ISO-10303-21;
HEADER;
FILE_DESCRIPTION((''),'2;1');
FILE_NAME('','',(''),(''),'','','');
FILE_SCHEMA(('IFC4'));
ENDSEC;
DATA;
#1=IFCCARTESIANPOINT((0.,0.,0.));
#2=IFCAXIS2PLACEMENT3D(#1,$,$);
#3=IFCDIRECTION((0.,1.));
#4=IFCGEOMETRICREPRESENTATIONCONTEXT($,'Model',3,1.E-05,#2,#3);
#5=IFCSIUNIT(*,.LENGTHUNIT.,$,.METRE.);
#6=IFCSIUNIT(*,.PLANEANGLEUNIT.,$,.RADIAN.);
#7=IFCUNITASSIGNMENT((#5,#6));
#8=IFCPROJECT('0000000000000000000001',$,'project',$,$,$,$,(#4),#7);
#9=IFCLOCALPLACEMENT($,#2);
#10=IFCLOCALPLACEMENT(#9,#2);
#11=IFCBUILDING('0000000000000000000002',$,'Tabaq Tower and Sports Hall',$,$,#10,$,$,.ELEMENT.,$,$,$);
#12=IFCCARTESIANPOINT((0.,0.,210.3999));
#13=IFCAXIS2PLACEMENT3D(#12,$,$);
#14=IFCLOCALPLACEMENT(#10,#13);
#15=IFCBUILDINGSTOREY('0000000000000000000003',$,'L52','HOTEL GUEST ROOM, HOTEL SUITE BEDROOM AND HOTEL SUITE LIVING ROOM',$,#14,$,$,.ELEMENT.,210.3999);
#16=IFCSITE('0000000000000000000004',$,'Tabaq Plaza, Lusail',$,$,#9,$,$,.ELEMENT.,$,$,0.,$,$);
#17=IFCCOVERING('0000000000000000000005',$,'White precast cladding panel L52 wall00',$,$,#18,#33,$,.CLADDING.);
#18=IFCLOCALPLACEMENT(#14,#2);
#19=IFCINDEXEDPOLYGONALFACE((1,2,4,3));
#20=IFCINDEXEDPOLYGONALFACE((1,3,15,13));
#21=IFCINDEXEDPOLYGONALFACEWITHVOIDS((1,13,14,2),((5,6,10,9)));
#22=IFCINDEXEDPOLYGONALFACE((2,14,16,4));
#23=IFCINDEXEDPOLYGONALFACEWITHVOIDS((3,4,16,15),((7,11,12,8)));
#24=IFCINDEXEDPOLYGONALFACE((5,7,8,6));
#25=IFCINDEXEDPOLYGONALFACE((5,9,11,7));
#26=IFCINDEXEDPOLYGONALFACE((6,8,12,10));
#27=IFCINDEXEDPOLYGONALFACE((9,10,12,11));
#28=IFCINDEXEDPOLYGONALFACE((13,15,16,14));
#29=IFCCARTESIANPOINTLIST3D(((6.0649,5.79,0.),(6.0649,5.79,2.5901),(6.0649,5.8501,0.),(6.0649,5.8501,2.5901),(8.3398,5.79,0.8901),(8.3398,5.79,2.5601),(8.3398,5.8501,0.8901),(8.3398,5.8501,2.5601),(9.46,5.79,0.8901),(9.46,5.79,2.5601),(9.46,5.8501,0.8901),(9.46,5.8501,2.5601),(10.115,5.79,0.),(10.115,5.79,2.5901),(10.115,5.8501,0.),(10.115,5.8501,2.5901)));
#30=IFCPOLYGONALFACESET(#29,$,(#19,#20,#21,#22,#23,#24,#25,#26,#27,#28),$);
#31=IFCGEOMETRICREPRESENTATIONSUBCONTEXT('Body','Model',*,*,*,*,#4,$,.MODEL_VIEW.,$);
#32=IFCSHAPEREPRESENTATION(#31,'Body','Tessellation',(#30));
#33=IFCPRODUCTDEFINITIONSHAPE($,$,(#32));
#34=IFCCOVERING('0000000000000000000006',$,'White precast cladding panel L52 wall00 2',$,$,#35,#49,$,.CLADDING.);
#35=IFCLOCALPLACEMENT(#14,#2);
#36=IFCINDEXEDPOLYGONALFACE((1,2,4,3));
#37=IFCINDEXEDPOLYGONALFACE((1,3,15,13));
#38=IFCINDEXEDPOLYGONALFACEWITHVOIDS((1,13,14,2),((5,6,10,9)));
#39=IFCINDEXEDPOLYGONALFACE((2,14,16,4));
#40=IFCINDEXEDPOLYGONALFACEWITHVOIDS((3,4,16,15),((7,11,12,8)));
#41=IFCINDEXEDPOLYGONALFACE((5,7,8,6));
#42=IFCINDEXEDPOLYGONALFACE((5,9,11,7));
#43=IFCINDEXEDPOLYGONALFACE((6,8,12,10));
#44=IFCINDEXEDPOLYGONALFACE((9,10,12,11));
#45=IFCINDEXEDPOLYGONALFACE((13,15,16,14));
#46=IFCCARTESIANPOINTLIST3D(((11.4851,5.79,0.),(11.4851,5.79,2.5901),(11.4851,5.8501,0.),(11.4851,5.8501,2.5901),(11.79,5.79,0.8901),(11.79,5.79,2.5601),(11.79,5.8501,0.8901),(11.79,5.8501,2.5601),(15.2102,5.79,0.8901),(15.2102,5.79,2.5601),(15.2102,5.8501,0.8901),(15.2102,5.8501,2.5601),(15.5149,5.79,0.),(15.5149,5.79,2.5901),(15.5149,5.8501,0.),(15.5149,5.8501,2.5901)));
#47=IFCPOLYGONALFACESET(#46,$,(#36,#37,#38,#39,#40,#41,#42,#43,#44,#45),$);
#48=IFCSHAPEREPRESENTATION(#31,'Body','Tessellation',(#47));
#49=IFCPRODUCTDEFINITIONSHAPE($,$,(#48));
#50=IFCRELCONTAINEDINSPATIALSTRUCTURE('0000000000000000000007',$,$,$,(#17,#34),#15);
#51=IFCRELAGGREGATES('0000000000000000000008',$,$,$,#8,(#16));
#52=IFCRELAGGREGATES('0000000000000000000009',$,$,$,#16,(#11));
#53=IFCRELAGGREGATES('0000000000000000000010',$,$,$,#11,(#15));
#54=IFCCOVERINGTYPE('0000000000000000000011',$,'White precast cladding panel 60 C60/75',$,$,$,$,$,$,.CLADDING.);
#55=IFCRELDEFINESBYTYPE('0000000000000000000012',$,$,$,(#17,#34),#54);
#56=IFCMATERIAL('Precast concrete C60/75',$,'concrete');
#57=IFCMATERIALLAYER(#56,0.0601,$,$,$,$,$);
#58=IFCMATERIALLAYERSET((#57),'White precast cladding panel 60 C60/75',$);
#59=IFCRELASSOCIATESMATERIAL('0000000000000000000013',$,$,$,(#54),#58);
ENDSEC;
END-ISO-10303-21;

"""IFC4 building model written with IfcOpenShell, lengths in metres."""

from ifc_helpers import new_model, si_unit, direction, frame, origin, place, context, subcontext, project, spatial, polyline, outline, extrude, material, layer, layer_set, type_object, element, save


model = new_model("IFC4")

# Units and contexts
model_context = context("Model", 3, precision=1e-05, world=origin(), true_north=direction((0.0, 1.0)))
body_context = subcontext(model_context, "Body", "Model", "MODEL_VIEW")
ifc_project = project(units=[si_unit("LENGTHUNIT", "METRE"), si_unit("PLANEANGLEUNIT", "RADIAN")], contexts=[model_context])

# Site, building, storey
site_placement = place(None, origin())
site = spatial("IfcSite", under=ifc_project, at=site_placement, Name="Tabaq Plaza, Lusail", CompositionType="ELEMENT", RefElevation=0.0)
building_placement = place(site_placement, origin())
building = spatial("IfcBuilding", under=site, at=building_placement, Name="Tabaq Tower and Sports Hall", CompositionType="ELEMENT")
storey_placement = place(building_placement, frame((0.0, 0.0, 210.3999)))
storey = spatial("IfcBuildingStorey", under=building, at=storey_placement, Name="L52", Description="HOTEL GUEST ROOM, HOTEL SUITE BEDROOM AND HOTEL SUITE LIVING ROOM", CompositionType="ELEMENT", Elevation=210.3999)

# Coverings
ifc_material_1 = material(Name="Precast concrete C60/75", Category="concrete")
ifc_layer_1 = layer(ifc_material_1, 0.0601)
ifc_layer_set_1 = layer_set([ifc_layer_1], Name="White precast cladding panel 60 C60/75")
covering_type_1 = type_object("IfcCoveringType", Name="White precast cladding panel 60 C60/75", PredefinedType="CLADDING", material=ifc_layer_set_1)
covering_1_placement = place(storey_placement, frame((6.0649, 5.8201, 0.0), z_axis=(0.0, 0.0, 1.0), x_axis=(1.0, 0.0, 0.0)))
element("IfcCovering", 1, at=covering_1_placement, inside=storey, type_object=covering_type_1, Name="White precast cladding panel L52 wall00", PredefinedType="CLADDING", context=body_context, shape_type="SweptSolid", body=[
    extrude(outline(polyline([(0.0, 0.0), (4.05, 0.0), (4.05, 2.5901), (0.0, 2.5901), (0.0, 0.0)]), holes=[polyline([(3.395, 0.8901), (2.2749, 0.8901), (2.2749, 2.5601), (3.395, 2.5601), (3.395, 0.8901)])]), frame((0.0, 0.03, 0.0), z_axis=(0.0, -1.0, 0.0), x_axis=(1.0, 0.0, 0.0)), (0.0, 0.0, 1.0), 0.0601),
])
covering_2_placement = place(storey_placement, frame((11.4851, 5.8201, 0.0), z_axis=(0.0, 0.0, 1.0), x_axis=(1.0, 0.0, 0.0)))
element("IfcCovering", 2, at=covering_2_placement, inside=storey, type_object=covering_type_1, Name="White precast cladding panel L52 wall00 2", PredefinedType="CLADDING", context=body_context, shape_type="SweptSolid", body=[
    extrude(outline(polyline([(0.0, 0.0), (4.0298, 0.0), (4.0298, 2.5901), (0.0, 2.5901), (0.0, 0.0)]), holes=[polyline([(3.7251, 0.8901), (0.3049, 0.8901), (0.3049, 2.5601), (3.7251, 2.5601), (3.7251, 0.8901)])]), frame((0.0, 0.03, 0.0), z_axis=(0.0, -1.0, 0.0), x_axis=(1.0, 0.0, 0.0)), (0.0, 0.0, 1.0), 0.0601),
])

save(model, "model.ifc")
